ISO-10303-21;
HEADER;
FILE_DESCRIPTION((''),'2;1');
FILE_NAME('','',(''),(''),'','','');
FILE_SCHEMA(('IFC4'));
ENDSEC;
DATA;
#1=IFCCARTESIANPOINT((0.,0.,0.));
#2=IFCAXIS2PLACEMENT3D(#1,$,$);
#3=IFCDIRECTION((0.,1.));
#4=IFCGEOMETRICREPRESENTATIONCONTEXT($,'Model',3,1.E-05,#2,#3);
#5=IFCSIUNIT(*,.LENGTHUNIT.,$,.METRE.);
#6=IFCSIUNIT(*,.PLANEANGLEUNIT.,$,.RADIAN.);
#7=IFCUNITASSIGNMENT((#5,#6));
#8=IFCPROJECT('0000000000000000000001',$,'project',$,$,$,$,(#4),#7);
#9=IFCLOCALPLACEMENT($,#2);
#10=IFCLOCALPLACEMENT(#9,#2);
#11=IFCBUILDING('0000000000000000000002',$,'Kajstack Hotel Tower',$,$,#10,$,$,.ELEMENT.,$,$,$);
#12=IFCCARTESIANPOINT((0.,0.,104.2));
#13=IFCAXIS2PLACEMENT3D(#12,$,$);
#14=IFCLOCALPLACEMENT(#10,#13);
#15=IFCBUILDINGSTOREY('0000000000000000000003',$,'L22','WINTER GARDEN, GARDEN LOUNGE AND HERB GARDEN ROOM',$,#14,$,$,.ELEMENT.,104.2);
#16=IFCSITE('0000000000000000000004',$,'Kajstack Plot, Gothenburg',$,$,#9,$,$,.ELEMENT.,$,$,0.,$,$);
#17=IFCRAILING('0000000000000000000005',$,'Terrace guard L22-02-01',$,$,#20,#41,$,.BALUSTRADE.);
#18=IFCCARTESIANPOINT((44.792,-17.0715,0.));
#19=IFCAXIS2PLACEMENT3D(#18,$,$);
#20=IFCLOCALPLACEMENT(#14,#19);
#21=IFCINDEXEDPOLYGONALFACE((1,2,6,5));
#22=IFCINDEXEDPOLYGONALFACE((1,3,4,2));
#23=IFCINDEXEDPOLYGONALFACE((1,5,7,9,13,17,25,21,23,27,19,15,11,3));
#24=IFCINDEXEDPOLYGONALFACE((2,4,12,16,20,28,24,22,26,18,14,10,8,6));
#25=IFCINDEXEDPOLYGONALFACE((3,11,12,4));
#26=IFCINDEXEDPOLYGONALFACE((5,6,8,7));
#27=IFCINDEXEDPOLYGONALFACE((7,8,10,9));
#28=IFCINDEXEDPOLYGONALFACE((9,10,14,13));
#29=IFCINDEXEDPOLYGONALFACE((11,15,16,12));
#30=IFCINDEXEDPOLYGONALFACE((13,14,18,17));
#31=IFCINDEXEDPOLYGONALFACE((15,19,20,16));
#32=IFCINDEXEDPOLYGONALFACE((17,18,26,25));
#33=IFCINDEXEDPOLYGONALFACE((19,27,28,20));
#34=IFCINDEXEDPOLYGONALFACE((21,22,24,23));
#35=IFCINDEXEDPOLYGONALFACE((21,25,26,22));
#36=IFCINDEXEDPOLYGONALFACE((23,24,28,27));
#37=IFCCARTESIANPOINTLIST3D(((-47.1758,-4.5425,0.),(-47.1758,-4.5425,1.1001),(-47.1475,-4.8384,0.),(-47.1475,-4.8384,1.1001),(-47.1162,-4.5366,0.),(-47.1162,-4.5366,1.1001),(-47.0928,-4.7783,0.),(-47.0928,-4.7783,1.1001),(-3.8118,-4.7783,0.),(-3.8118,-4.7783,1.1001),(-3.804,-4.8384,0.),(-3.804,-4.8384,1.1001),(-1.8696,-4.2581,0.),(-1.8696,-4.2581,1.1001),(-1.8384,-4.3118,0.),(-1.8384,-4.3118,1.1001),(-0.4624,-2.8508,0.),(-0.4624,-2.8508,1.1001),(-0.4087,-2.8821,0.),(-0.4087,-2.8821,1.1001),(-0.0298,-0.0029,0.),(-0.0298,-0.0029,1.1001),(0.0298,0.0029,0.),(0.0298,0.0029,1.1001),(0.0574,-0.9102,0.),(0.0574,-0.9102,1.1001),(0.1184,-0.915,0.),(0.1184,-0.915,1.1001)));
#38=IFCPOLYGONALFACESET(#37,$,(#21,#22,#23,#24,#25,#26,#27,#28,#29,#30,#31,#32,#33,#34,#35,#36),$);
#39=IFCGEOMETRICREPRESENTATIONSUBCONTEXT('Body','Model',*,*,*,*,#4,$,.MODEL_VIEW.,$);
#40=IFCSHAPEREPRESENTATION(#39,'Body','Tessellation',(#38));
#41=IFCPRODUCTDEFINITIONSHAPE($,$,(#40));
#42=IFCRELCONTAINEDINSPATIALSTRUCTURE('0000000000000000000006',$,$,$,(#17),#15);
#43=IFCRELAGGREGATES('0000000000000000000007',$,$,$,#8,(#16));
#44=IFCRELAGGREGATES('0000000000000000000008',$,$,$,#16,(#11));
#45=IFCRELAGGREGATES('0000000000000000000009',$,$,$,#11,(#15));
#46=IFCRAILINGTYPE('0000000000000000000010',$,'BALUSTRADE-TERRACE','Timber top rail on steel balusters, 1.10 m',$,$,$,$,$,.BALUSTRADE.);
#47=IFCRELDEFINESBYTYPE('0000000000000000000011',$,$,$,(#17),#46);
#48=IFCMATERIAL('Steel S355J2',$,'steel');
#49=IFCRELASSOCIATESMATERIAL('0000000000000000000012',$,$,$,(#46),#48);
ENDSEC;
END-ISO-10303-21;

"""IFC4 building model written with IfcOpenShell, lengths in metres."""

from ifc_helpers import new_model, si_unit, direction, frame, origin, place, context, subcontext, project, spatial, polyline, outline, extrude, material, type_object, element, save


model = new_model("IFC4")

# Units and contexts
model_context = context("Model", 3, precision=1e-05, world=origin(), true_north=direction((0.0, 1.0)))
body_context = subcontext(model_context, "Body", "Model", "MODEL_VIEW")
ifc_project = project(units=[si_unit("LENGTHUNIT", "METRE"), si_unit("PLANEANGLEUNIT", "RADIAN")], contexts=[model_context])

# Site, building, storey
site_placement = place(None, origin())
site = spatial("IfcSite", under=ifc_project, at=site_placement, Name="Kajstack Plot, Gothenburg", CompositionType="ELEMENT", RefElevation=0.0)
building_placement = place(site_placement, origin())
building = spatial("IfcBuilding", under=site, at=building_placement, Name="Kajstack Hotel Tower", CompositionType="ELEMENT")
storey_placement = place(building_placement, frame((0.0, 0.0, 104.2)))
storey = spatial("IfcBuildingStorey", under=building, at=storey_placement, Name="L22", Description="WINTER GARDEN, GARDEN LOUNGE AND HERB GARDEN ROOM", CompositionType="ELEMENT", Elevation=104.2)

# Railing
ifc_material_1 = material(Name="Steel S355J2", Category="steel")
railing_type = type_object("IfcRailingType", Name="BALUSTRADE-TERRACE", Description="Timber top rail on steel balusters, 1.10 m", PredefinedType="BALUSTRADE", material=ifc_material_1)
railing_placement = place(storey_placement, frame((44.792, -17.0715, 0.0)))
element("IfcRailing", 1, at=railing_placement, inside=storey, type_object=railing_type, Name="Terrace guard L22-02-01", PredefinedType="BALUSTRADE", context=body_context, shape_type="SweptSolid", body=[
    extrude(outline(polyline([(0.1184, -0.915), (-0.4087, -2.8821), (-1.8384, -4.3118), (-3.804, -4.8384), (-47.1475, -4.8384), (-47.1758, -4.5425), (-47.1162, -4.5366), (-47.0928, -4.7783), (-3.8118, -4.7783), (-1.8696, -4.2581), (-0.4624, -2.8508), (0.0574, -0.9102), (-0.0298, -0.0029), (0.0298, 0.0029), (0.1184, -0.915)])), origin(), (0.0, 0.0, 1.0), 1.1001),
])

save(model, "model.ifc")
